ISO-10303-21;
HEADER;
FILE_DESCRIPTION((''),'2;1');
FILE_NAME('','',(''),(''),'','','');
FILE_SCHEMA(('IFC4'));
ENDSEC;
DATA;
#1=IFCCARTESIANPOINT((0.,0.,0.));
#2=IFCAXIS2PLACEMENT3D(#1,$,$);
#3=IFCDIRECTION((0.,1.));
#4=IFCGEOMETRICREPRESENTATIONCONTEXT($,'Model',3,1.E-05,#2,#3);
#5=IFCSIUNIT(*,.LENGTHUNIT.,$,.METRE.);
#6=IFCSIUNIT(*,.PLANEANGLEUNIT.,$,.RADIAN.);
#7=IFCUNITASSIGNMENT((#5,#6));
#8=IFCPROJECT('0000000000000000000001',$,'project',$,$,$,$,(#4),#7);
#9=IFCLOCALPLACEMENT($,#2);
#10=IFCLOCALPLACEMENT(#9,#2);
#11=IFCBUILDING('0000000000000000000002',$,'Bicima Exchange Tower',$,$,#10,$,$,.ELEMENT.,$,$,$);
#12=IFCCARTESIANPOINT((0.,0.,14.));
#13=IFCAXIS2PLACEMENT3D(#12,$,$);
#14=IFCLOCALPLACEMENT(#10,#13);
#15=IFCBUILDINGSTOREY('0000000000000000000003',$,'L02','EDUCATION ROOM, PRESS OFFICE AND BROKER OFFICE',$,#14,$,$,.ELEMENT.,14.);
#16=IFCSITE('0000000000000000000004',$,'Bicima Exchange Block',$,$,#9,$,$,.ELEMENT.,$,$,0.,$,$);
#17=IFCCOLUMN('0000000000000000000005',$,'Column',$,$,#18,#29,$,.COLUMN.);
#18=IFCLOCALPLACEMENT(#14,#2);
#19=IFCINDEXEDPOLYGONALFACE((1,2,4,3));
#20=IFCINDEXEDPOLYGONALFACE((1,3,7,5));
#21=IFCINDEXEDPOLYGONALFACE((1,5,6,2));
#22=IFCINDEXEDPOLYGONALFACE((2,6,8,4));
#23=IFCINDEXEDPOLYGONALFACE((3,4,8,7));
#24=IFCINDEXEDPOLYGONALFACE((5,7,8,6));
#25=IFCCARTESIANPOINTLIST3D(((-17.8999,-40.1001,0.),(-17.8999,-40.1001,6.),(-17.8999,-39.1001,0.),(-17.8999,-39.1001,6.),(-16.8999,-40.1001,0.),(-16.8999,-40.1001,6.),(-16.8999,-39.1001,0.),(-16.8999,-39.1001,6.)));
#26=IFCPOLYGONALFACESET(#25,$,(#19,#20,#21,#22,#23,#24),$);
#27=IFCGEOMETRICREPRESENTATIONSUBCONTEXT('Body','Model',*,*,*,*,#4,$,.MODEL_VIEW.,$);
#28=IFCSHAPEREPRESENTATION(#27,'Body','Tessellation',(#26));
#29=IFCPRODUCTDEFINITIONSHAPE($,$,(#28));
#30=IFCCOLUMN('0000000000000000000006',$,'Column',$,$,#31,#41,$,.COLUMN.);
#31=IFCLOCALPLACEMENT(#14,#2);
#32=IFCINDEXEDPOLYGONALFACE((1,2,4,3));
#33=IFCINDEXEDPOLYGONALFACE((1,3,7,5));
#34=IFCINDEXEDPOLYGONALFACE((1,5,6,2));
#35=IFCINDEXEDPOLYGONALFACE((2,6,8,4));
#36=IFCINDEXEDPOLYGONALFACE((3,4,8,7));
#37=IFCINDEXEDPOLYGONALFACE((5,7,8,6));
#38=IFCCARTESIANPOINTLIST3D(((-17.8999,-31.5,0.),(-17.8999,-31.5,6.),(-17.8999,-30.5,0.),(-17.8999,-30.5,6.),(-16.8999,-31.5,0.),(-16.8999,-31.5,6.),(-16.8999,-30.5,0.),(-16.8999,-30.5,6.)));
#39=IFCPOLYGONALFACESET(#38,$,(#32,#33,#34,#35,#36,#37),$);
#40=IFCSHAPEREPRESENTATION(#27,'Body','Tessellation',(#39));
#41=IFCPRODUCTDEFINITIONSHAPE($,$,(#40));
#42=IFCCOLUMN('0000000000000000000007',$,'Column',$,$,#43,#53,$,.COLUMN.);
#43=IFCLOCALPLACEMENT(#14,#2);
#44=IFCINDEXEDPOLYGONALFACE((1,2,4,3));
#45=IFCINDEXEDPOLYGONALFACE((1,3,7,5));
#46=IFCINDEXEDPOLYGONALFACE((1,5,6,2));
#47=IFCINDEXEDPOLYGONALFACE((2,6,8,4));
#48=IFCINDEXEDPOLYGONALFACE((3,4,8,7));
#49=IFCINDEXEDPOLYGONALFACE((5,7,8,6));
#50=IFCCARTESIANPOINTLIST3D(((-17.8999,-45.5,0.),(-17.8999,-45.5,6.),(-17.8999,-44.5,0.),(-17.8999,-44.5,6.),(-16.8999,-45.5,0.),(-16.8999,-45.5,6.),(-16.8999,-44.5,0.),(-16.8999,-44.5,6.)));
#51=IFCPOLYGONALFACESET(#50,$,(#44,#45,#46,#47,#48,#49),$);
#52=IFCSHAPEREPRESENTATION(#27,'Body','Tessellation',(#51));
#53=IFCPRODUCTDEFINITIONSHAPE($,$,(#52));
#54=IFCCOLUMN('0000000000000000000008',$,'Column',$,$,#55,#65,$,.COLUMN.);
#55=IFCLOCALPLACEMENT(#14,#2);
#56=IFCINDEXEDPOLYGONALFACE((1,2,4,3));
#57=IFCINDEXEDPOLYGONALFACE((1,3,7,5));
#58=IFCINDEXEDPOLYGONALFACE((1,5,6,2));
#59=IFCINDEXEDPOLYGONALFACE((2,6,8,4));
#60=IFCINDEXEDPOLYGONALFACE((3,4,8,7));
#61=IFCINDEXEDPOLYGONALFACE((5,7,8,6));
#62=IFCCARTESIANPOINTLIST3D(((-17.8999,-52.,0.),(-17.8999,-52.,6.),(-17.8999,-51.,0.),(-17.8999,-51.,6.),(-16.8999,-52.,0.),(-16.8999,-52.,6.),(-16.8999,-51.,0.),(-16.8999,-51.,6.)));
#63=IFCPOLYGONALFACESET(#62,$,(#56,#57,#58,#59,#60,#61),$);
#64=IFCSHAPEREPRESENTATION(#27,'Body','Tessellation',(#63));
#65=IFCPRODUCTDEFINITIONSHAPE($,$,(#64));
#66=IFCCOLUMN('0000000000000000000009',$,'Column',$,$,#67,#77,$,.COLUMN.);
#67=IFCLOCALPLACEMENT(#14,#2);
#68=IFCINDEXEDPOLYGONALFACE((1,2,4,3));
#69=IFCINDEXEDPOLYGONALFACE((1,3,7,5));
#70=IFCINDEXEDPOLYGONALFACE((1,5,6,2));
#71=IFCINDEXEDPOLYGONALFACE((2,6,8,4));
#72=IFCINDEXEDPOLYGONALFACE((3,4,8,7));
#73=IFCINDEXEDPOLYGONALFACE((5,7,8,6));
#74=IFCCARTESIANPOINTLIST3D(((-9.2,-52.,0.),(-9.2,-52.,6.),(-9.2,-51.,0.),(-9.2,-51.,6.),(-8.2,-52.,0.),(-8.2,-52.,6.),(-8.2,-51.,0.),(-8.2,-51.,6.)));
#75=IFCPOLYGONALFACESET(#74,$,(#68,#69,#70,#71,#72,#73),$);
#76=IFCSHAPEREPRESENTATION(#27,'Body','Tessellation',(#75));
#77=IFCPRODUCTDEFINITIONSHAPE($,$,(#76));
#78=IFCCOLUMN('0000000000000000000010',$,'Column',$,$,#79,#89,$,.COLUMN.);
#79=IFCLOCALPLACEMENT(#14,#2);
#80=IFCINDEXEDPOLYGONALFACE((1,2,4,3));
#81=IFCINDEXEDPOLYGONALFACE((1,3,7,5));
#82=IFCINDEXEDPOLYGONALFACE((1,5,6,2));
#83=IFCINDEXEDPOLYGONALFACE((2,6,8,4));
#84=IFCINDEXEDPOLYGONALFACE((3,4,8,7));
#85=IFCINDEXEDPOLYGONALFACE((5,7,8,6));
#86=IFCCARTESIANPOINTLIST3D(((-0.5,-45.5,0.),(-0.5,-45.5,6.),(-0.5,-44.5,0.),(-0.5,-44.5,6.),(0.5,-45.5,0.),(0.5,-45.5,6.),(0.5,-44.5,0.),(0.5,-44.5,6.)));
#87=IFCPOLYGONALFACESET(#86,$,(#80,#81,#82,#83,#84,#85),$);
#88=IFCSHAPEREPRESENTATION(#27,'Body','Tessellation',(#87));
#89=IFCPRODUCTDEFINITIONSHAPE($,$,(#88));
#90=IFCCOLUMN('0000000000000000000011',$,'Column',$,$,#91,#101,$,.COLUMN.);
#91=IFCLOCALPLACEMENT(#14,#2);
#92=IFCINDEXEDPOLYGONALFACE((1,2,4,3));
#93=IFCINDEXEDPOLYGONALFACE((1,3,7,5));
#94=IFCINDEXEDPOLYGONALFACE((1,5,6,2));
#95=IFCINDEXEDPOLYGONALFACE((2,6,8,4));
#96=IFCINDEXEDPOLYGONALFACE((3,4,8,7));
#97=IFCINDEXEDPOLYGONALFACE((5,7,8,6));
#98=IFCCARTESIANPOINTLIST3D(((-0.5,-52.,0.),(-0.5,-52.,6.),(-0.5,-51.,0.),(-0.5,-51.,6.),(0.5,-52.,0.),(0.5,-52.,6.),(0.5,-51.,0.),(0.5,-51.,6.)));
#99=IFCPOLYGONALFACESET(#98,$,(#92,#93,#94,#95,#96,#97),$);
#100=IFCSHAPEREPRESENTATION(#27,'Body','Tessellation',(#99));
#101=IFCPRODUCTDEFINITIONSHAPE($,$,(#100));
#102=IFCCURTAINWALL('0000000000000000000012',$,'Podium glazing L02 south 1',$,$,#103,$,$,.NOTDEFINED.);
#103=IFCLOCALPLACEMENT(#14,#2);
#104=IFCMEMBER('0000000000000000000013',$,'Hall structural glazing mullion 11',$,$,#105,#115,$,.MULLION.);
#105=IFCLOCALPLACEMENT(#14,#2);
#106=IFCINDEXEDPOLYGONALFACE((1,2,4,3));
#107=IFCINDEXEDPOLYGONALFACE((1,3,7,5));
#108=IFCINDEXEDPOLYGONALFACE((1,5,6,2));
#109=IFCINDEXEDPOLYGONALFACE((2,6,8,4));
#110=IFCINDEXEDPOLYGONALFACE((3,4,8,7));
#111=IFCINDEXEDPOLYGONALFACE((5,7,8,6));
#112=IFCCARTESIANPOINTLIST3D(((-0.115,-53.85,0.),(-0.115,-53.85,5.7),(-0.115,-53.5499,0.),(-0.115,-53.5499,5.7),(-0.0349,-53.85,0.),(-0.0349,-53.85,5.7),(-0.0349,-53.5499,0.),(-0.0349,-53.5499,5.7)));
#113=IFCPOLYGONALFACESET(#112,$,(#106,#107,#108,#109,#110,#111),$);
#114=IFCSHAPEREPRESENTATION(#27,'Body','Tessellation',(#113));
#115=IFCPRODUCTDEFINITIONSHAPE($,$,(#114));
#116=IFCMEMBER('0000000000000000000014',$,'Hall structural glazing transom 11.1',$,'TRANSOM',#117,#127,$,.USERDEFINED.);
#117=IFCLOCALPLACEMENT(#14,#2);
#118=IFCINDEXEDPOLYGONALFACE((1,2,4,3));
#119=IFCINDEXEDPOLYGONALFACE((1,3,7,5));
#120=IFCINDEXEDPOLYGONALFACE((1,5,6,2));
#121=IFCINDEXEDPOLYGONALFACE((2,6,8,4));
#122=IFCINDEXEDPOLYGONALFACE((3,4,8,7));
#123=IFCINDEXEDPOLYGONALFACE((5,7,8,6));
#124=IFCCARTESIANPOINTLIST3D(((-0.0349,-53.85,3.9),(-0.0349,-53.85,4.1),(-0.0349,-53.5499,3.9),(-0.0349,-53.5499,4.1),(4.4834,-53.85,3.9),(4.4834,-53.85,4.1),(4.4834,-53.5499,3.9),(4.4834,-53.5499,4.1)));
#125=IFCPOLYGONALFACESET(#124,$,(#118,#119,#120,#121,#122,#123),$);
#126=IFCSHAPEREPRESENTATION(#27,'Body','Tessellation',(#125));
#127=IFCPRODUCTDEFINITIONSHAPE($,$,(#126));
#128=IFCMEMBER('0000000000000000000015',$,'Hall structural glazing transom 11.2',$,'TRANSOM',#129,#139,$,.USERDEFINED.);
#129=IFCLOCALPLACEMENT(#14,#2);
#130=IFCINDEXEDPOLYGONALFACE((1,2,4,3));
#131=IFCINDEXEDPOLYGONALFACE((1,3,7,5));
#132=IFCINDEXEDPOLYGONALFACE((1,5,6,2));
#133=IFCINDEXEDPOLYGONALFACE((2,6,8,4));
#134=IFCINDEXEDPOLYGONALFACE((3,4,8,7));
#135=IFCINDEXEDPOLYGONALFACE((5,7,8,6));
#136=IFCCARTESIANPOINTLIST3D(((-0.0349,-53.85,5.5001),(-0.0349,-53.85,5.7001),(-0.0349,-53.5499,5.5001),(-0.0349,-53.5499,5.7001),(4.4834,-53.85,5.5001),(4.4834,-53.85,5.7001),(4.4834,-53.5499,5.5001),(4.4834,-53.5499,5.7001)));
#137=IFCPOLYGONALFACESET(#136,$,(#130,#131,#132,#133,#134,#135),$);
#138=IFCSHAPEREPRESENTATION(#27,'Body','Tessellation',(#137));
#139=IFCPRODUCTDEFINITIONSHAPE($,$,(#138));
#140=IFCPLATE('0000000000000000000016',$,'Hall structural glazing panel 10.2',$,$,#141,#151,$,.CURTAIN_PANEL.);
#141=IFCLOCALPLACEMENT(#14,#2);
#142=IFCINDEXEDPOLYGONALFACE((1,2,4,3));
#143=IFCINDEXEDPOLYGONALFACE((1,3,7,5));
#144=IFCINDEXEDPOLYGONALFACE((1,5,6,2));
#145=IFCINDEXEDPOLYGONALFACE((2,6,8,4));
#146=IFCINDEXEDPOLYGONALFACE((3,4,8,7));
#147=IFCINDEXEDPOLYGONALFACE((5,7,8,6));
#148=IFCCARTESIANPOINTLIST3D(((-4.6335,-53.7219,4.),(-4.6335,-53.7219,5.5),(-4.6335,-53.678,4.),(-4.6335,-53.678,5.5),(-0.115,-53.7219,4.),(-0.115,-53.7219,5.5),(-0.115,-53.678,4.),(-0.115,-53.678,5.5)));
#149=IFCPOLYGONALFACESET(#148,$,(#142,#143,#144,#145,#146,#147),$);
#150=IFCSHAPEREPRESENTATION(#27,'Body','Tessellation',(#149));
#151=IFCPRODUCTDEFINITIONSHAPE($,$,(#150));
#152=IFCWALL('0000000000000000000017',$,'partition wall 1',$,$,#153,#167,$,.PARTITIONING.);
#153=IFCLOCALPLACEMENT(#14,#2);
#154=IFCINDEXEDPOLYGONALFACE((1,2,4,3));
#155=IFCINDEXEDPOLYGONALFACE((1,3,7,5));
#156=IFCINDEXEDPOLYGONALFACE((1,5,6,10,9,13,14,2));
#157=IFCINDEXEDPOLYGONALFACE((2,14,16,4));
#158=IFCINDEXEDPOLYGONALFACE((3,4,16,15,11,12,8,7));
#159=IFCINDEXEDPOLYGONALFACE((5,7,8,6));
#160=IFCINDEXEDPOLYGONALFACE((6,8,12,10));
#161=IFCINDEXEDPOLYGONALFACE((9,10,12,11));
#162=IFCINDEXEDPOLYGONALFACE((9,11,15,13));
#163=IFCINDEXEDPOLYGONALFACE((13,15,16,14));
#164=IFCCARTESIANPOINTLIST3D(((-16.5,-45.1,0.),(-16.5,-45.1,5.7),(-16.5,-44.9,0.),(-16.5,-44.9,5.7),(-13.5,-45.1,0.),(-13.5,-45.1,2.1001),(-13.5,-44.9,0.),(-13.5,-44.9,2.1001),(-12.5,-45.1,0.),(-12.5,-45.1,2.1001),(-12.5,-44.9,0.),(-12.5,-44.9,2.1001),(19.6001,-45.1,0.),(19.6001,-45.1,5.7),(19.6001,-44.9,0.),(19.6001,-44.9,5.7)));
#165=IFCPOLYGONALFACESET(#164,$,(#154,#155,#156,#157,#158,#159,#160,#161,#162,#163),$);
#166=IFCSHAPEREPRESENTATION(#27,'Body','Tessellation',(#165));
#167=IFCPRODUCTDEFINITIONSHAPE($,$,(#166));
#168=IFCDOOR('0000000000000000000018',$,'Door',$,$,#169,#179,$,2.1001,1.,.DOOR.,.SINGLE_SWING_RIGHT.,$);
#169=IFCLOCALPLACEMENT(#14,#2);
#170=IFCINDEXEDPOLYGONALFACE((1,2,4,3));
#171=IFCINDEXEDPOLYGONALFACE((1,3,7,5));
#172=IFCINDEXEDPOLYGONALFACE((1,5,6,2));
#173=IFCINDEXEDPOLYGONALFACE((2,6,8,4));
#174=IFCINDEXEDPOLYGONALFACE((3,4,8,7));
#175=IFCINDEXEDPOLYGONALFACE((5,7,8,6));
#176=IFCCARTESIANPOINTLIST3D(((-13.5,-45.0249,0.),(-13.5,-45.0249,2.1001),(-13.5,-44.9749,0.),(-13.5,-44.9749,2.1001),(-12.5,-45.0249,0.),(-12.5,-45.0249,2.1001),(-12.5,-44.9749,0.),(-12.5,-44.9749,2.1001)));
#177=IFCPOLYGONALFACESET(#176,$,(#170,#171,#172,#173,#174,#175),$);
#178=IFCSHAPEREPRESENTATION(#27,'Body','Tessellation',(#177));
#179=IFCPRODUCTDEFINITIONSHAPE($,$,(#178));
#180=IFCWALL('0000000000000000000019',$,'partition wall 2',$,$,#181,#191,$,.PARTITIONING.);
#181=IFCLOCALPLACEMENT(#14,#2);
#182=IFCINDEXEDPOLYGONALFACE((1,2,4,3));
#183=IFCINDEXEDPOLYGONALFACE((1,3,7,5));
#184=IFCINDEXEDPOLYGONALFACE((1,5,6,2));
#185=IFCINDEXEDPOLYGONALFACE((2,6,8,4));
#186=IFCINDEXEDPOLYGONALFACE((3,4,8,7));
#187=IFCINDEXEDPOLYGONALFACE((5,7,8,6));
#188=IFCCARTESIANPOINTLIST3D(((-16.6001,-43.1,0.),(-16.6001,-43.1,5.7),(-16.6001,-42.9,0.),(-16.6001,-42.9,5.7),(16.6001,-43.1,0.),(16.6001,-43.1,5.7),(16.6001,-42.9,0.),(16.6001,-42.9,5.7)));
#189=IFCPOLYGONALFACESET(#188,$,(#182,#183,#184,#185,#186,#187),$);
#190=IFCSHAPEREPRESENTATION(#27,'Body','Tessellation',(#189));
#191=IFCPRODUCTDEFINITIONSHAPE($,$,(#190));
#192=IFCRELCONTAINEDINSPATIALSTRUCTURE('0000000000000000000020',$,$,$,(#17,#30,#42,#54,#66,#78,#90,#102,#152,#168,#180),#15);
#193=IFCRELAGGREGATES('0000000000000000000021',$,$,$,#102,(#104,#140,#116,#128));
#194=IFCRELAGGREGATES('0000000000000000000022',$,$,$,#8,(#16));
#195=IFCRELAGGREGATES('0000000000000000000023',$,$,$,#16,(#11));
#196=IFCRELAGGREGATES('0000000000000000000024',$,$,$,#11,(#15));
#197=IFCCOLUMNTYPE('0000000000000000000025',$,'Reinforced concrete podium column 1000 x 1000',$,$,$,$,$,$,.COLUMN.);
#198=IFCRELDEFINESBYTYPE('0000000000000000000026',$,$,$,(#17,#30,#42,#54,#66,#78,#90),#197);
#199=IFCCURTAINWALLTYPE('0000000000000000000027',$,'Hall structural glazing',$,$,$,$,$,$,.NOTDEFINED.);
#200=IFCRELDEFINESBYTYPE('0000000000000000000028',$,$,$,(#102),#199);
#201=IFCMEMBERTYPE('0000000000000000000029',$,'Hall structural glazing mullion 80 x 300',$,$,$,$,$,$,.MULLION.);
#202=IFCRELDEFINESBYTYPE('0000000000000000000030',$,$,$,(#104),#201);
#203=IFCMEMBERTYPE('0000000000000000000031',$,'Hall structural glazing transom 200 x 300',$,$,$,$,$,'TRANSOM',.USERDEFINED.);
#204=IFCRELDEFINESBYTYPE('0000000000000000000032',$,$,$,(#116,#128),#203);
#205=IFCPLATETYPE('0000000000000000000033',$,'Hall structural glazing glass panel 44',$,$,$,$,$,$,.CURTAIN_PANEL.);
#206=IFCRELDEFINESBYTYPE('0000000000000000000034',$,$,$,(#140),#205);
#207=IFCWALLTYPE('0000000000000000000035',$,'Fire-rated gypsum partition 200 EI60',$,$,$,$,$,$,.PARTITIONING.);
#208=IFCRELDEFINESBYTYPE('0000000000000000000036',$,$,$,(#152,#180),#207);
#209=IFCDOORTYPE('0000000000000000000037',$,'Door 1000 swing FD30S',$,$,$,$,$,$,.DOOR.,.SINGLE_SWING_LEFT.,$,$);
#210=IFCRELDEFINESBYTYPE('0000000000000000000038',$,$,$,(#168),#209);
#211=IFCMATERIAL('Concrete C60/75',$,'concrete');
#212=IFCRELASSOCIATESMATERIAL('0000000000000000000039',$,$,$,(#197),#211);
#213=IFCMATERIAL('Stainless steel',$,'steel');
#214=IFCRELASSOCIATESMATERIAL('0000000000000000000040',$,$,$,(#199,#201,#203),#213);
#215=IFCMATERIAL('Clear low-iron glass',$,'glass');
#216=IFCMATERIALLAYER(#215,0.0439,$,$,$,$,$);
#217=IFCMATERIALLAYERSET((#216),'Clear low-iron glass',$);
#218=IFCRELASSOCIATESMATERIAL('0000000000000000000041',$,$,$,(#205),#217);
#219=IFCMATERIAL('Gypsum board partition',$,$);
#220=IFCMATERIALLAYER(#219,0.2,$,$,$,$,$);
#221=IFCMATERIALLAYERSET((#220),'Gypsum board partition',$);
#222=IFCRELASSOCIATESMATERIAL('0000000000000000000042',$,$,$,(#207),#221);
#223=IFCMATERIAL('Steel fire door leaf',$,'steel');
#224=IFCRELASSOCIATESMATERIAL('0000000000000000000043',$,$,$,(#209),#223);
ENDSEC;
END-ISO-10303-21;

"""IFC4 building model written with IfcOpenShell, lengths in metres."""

from ifc_helpers import new_model, si_unit, direction, frame, frame_2d, origin, origin_2d, place, context, subcontext, project, spatial, rectangle, extrude, material, layer, layer_set, material_profile, profile_set, type_object, element, fill, aggregate, save


model = new_model("IFC4")

# Units and contexts
model_context = context("Model", 3, precision=1e-05, world=origin(), true_north=direction((0.0, 1.0)))
body_context = subcontext(model_context, "Body", "Model", "MODEL_VIEW")
ifc_project = project(units=[si_unit("LENGTHUNIT", "METRE"), si_unit("PLANEANGLEUNIT", "RADIAN")], contexts=[model_context])

# Site, building, storey
site_placement = place(None, origin())
site = spatial("IfcSite", under=ifc_project, at=site_placement, Name="Bicima Exchange Block", CompositionType="ELEMENT", RefElevation=0.0)
building_placement = place(site_placement, origin())
building = spatial("IfcBuilding", under=site, at=building_placement, Name="Bicima Exchange Tower", CompositionType="ELEMENT")
storey_placement = place(building_placement, frame((0.0, 0.0, 14.0)))
storey = spatial("IfcBuildingStorey", under=building, at=storey_placement, Name="L02", Description="EDUCATION ROOM, PRESS OFFICE AND BROKER OFFICE", CompositionType="ELEMENT", Elevation=14.0)

# Columns
ifc_material_1 = material(Name="Concrete C60/75", Category="concrete")
ifc_material_profile_1 = material_profile(ifc_material_1, rectangle(XDim=1.0, YDim=1.0, at=origin_2d()))
ifc_profile_set_1 = profile_set([ifc_material_profile_1], Name="Concrete C60/75")
column_type = type_object("IfcColumnType", Name="Reinforced concrete podium column 1000 x 1000", PredefinedType="COLUMN", material=ifc_profile_set_1)
for number, where, z_axis, x_axis, name in (
    (1, (-17.3999, -39.6001, 0.0), (0.0, 0.0, 1.0), (1.0, 0.0, 0.0), "Column"),
    (2, (-17.3999, -31.0, 0.0), (0.0, 0.0, 1.0), (1.0, 0.0, 0.0), "Column"),
    (3, (-17.3999, -45.0, 0.0), (0.0, 0.0, 1.0), (1.0, 0.0, 0.0), "Column"),
    (4, (-17.3999, -51.5, 0.0), (0.0, 0.0, 1.0), (1.0, 0.0, 0.0), "Column"),
    (5, (-8.7, -51.5, 0.0), (0.0, 0.0, 1.0), (1.0, 0.0, 0.0), "Column"),
    (6, (0.0, -45.0, 0.0), (0.0, 0.0, 1.0), (1.0, 0.0, 0.0), "Column"),
    (7, (0.0, -51.5, 0.0), (0.0, 0.0, 1.0), (1.0, 0.0, 0.0), "Column"),
):
    element("IfcColumn", number, at=place(storey_placement, frame(where, z_axis=z_axis, x_axis=x_axis)), inside=storey, type_object=column_type, Name=name, PredefinedType="COLUMN", context=body_context, shape_type="SweptSolid", body=[
        extrude(rectangle(XDim=1.0, YDim=1.0, at=origin_2d()), origin(), (0.0, 0.0, 1.0), 6.0),
    ])

# Curtain wall, members, plate
ifc_material_2 = material(Name="Stainless steel", Category="steel")
curtain_wall_type = type_object("IfcCurtainWallType", Name="Hall structural glazing", PredefinedType="NOTDEFINED", material=ifc_material_2)
curtain_wall_placement = place(storey_placement, origin())
curtain_wall = element("IfcCurtainWall", 8, at=curtain_wall_placement, inside=storey, type_object=curtain_wall_type, Name="Podium glazing L02 south 1", PredefinedType="NOTDEFINED")
ifc_material_profile_2 = material_profile(ifc_material_2, rectangle(XDim=0.3, YDim=0.0801, at=origin_2d()))
ifc_profile_set_2 = profile_set([ifc_material_profile_2], Name="Stainless steel")
member_type_1 = type_object("IfcMemberType", Name="Hall structural glazing mullion 80 x 300", PredefinedType="MULLION", material=ifc_profile_set_2)
member_1_placement = place(storey_placement, frame((-0.075, -53.7, 0.0), z_axis=(0.0, 0.0, 1.0), x_axis=(0.0, 1.0, 0.0)))
member_1 = element("IfcMember", 9, at=member_1_placement, type_object=member_type_1, Name="Hall structural glazing mullion 11", PredefinedType="MULLION", context=body_context, shape_type="SweptSolid", body=[
    extrude(rectangle(XDim=0.3, YDim=0.0801, at=origin_2d()), origin(), (0.0, 0.0, 1.0), 5.7),
])
ifc_material_profile_3 = material_profile(ifc_material_2, rectangle(XDim=0.3, YDim=0.2, at=origin_2d()))
ifc_profile_set_3 = profile_set([ifc_material_profile_3], Name="Stainless steel")
member_type_2 = type_object("IfcMemberType", Name="Hall structural glazing transom 200 x 300", ElementType="TRANSOM", PredefinedType="USERDEFINED", material=ifc_profile_set_3)
member_2_placement = place(storey_placement, frame((-0.0349, -53.7, 4.0), z_axis=(1.0, 0.0, 0.0), x_axis=(0.0, 1.0, 0.0)))
member_2 = element("IfcMember", 10, at=member_2_placement, type_object=member_type_2, Name="Hall structural glazing transom 11.1", ObjectType="TRANSOM", PredefinedType="USERDEFINED", context=body_context, shape_type="SweptSolid", body=[
    extrude(rectangle(XDim=0.3, YDim=0.2, at=origin_2d()), origin(), (0.0, 0.0, 1.0), 4.5183),
])
member_3_placement = place(storey_placement, frame((-0.0349, -53.7, 5.6001), z_axis=(1.0, 0.0, 0.0), x_axis=(0.0, 1.0, 0.0)))
member_3 = element("IfcMember", 11, at=member_3_placement, type_object=member_type_2, Name="Hall structural glazing transom 11.2", ObjectType="TRANSOM", PredefinedType="USERDEFINED", context=body_context, shape_type="SweptSolid", body=[
    extrude(rectangle(XDim=0.3, YDim=0.2, at=origin_2d()), origin(), (0.0, 0.0, 1.0), 4.5183),
])
ifc_material_3 = material(Name="Clear low-iron glass", Category="glass")
ifc_layer_1 = layer(ifc_material_3, 0.0439)
ifc_layer_set_1 = layer_set([ifc_layer_1], Name="Clear low-iron glass")
plate_type = type_object("IfcPlateType", Name="Hall structural glazing glass panel 44", PredefinedType="CURTAIN_PANEL", material=ifc_layer_set_1)
plate_placement = place(storey_placement, frame((-2.3743, -53.7, 4.0), z_axis=(0.0, 0.0, 1.0), x_axis=(1.0, 0.0, 0.0)))
plate = element("IfcPlate", 12, at=plate_placement, type_object=plate_type, Name="Hall structural glazing panel 10.2", PredefinedType="CURTAIN_PANEL", context=body_context, shape_type="SweptSolid", body=[
    extrude(rectangle(XDim=4.5186, YDim=0.0439, at=origin_2d()), origin(), (0.0, 0.0, 1.0), 1.5),
])
aggregate(curtain_wall, [member_1, plate, member_2, member_3])

# Wall, opening, door
ifc_material_4 = material(Name="Gypsum board partition")
ifc_layer_2 = layer(ifc_material_4, 0.2)
ifc_layer_set_2 = layer_set([ifc_layer_2], Name="Gypsum board partition")
wall_type_1 = type_object("IfcWallType", Name="Fire-rated gypsum partition 200 EI60", PredefinedType="PARTITIONING", material=ifc_layer_set_2)
wall_1_placement = place(storey_placement, frame((-16.5, -45.0, 0.0), z_axis=(0.0, 0.0, 1.0), x_axis=(1.0, 0.0, 0.0)))
wall_1 = element("IfcWall", 13, at=wall_1_placement, inside=storey, type_object=wall_type_1, Name="partition wall 1", PredefinedType="PARTITIONING", context=body_context, shape_type="SweptSolid", body=[
    extrude(rectangle(XDim=36.1001, YDim=0.2, at=frame_2d((18.05, 0.0))), origin(), (0.0, 0.0, 1.0), 5.7),
])
opening_1_placement = place(wall_1_placement, frame((3.0, 0.0, 0.0)))
opening_1 = element("IfcOpeningElement", 14, at=opening_1_placement, cuts=wall_1, PredefinedType="OPENING", context=body_context, shape_type="SweptSolid", body=[
    extrude(rectangle(XDim=1.0, YDim=2.1001, at=frame_2d((0.5, 1.05))), frame((0.0, 0.1118, 0.0), z_axis=(0.0, -1.0, 0.0), x_axis=(1.0, 0.0, 0.0)), (0.0, 0.0, 1.0), 0.2239),
])
ifc_material_5 = material(Name="Steel fire door leaf", Category="steel")
door_type = type_object("IfcDoorType", Name="Door 1000 swing FD30S", OperationType="SINGLE_SWING_LEFT", PredefinedType="DOOR", material=ifc_material_5)
door_1_placement = place(opening_1_placement, frame((1.0, 0.0, 0.0), z_axis=(0.0, 0.0, 1.0), x_axis=(-1.0, 0.0, 0.0)))
door_1 = element("IfcDoor", 15, at=door_1_placement, inside=storey, type_object=door_type, Name="Door", OperationType="SINGLE_SWING_RIGHT", OverallHeight=2.1001, OverallWidth=1.0, PredefinedType="DOOR", context=body_context, shape_type="SweptSolid", body=[
    extrude(rectangle(XDim=1.0, YDim=2.1001, at=frame_2d((0.5, 1.05))), frame((0.0, 0.0249, 0.0), z_axis=(0.0, -1.0, 0.0), x_axis=(1.0, 0.0, 0.0)), (0.0, 0.0, 1.0), 0.05),
])
fill(opening_1, door_1)

# Wall
wall_2_placement = place(storey_placement, frame((-16.6001, -43.0, 0.0), z_axis=(0.0, 0.0, 1.0), x_axis=(1.0, 0.0, 0.0)))
element("IfcWall", 16, at=wall_2_placement, inside=storey, type_object=wall_type_1, Name="partition wall 2", PredefinedType="PARTITIONING", context=body_context, shape_type="SweptSolid", body=[
    extrude(rectangle(XDim=33.2002, YDim=0.2, at=frame_2d((16.6001, 0.0))), origin(), (0.0, 0.0, 1.0), 5.7),
])

save(model, "model.ifc")
